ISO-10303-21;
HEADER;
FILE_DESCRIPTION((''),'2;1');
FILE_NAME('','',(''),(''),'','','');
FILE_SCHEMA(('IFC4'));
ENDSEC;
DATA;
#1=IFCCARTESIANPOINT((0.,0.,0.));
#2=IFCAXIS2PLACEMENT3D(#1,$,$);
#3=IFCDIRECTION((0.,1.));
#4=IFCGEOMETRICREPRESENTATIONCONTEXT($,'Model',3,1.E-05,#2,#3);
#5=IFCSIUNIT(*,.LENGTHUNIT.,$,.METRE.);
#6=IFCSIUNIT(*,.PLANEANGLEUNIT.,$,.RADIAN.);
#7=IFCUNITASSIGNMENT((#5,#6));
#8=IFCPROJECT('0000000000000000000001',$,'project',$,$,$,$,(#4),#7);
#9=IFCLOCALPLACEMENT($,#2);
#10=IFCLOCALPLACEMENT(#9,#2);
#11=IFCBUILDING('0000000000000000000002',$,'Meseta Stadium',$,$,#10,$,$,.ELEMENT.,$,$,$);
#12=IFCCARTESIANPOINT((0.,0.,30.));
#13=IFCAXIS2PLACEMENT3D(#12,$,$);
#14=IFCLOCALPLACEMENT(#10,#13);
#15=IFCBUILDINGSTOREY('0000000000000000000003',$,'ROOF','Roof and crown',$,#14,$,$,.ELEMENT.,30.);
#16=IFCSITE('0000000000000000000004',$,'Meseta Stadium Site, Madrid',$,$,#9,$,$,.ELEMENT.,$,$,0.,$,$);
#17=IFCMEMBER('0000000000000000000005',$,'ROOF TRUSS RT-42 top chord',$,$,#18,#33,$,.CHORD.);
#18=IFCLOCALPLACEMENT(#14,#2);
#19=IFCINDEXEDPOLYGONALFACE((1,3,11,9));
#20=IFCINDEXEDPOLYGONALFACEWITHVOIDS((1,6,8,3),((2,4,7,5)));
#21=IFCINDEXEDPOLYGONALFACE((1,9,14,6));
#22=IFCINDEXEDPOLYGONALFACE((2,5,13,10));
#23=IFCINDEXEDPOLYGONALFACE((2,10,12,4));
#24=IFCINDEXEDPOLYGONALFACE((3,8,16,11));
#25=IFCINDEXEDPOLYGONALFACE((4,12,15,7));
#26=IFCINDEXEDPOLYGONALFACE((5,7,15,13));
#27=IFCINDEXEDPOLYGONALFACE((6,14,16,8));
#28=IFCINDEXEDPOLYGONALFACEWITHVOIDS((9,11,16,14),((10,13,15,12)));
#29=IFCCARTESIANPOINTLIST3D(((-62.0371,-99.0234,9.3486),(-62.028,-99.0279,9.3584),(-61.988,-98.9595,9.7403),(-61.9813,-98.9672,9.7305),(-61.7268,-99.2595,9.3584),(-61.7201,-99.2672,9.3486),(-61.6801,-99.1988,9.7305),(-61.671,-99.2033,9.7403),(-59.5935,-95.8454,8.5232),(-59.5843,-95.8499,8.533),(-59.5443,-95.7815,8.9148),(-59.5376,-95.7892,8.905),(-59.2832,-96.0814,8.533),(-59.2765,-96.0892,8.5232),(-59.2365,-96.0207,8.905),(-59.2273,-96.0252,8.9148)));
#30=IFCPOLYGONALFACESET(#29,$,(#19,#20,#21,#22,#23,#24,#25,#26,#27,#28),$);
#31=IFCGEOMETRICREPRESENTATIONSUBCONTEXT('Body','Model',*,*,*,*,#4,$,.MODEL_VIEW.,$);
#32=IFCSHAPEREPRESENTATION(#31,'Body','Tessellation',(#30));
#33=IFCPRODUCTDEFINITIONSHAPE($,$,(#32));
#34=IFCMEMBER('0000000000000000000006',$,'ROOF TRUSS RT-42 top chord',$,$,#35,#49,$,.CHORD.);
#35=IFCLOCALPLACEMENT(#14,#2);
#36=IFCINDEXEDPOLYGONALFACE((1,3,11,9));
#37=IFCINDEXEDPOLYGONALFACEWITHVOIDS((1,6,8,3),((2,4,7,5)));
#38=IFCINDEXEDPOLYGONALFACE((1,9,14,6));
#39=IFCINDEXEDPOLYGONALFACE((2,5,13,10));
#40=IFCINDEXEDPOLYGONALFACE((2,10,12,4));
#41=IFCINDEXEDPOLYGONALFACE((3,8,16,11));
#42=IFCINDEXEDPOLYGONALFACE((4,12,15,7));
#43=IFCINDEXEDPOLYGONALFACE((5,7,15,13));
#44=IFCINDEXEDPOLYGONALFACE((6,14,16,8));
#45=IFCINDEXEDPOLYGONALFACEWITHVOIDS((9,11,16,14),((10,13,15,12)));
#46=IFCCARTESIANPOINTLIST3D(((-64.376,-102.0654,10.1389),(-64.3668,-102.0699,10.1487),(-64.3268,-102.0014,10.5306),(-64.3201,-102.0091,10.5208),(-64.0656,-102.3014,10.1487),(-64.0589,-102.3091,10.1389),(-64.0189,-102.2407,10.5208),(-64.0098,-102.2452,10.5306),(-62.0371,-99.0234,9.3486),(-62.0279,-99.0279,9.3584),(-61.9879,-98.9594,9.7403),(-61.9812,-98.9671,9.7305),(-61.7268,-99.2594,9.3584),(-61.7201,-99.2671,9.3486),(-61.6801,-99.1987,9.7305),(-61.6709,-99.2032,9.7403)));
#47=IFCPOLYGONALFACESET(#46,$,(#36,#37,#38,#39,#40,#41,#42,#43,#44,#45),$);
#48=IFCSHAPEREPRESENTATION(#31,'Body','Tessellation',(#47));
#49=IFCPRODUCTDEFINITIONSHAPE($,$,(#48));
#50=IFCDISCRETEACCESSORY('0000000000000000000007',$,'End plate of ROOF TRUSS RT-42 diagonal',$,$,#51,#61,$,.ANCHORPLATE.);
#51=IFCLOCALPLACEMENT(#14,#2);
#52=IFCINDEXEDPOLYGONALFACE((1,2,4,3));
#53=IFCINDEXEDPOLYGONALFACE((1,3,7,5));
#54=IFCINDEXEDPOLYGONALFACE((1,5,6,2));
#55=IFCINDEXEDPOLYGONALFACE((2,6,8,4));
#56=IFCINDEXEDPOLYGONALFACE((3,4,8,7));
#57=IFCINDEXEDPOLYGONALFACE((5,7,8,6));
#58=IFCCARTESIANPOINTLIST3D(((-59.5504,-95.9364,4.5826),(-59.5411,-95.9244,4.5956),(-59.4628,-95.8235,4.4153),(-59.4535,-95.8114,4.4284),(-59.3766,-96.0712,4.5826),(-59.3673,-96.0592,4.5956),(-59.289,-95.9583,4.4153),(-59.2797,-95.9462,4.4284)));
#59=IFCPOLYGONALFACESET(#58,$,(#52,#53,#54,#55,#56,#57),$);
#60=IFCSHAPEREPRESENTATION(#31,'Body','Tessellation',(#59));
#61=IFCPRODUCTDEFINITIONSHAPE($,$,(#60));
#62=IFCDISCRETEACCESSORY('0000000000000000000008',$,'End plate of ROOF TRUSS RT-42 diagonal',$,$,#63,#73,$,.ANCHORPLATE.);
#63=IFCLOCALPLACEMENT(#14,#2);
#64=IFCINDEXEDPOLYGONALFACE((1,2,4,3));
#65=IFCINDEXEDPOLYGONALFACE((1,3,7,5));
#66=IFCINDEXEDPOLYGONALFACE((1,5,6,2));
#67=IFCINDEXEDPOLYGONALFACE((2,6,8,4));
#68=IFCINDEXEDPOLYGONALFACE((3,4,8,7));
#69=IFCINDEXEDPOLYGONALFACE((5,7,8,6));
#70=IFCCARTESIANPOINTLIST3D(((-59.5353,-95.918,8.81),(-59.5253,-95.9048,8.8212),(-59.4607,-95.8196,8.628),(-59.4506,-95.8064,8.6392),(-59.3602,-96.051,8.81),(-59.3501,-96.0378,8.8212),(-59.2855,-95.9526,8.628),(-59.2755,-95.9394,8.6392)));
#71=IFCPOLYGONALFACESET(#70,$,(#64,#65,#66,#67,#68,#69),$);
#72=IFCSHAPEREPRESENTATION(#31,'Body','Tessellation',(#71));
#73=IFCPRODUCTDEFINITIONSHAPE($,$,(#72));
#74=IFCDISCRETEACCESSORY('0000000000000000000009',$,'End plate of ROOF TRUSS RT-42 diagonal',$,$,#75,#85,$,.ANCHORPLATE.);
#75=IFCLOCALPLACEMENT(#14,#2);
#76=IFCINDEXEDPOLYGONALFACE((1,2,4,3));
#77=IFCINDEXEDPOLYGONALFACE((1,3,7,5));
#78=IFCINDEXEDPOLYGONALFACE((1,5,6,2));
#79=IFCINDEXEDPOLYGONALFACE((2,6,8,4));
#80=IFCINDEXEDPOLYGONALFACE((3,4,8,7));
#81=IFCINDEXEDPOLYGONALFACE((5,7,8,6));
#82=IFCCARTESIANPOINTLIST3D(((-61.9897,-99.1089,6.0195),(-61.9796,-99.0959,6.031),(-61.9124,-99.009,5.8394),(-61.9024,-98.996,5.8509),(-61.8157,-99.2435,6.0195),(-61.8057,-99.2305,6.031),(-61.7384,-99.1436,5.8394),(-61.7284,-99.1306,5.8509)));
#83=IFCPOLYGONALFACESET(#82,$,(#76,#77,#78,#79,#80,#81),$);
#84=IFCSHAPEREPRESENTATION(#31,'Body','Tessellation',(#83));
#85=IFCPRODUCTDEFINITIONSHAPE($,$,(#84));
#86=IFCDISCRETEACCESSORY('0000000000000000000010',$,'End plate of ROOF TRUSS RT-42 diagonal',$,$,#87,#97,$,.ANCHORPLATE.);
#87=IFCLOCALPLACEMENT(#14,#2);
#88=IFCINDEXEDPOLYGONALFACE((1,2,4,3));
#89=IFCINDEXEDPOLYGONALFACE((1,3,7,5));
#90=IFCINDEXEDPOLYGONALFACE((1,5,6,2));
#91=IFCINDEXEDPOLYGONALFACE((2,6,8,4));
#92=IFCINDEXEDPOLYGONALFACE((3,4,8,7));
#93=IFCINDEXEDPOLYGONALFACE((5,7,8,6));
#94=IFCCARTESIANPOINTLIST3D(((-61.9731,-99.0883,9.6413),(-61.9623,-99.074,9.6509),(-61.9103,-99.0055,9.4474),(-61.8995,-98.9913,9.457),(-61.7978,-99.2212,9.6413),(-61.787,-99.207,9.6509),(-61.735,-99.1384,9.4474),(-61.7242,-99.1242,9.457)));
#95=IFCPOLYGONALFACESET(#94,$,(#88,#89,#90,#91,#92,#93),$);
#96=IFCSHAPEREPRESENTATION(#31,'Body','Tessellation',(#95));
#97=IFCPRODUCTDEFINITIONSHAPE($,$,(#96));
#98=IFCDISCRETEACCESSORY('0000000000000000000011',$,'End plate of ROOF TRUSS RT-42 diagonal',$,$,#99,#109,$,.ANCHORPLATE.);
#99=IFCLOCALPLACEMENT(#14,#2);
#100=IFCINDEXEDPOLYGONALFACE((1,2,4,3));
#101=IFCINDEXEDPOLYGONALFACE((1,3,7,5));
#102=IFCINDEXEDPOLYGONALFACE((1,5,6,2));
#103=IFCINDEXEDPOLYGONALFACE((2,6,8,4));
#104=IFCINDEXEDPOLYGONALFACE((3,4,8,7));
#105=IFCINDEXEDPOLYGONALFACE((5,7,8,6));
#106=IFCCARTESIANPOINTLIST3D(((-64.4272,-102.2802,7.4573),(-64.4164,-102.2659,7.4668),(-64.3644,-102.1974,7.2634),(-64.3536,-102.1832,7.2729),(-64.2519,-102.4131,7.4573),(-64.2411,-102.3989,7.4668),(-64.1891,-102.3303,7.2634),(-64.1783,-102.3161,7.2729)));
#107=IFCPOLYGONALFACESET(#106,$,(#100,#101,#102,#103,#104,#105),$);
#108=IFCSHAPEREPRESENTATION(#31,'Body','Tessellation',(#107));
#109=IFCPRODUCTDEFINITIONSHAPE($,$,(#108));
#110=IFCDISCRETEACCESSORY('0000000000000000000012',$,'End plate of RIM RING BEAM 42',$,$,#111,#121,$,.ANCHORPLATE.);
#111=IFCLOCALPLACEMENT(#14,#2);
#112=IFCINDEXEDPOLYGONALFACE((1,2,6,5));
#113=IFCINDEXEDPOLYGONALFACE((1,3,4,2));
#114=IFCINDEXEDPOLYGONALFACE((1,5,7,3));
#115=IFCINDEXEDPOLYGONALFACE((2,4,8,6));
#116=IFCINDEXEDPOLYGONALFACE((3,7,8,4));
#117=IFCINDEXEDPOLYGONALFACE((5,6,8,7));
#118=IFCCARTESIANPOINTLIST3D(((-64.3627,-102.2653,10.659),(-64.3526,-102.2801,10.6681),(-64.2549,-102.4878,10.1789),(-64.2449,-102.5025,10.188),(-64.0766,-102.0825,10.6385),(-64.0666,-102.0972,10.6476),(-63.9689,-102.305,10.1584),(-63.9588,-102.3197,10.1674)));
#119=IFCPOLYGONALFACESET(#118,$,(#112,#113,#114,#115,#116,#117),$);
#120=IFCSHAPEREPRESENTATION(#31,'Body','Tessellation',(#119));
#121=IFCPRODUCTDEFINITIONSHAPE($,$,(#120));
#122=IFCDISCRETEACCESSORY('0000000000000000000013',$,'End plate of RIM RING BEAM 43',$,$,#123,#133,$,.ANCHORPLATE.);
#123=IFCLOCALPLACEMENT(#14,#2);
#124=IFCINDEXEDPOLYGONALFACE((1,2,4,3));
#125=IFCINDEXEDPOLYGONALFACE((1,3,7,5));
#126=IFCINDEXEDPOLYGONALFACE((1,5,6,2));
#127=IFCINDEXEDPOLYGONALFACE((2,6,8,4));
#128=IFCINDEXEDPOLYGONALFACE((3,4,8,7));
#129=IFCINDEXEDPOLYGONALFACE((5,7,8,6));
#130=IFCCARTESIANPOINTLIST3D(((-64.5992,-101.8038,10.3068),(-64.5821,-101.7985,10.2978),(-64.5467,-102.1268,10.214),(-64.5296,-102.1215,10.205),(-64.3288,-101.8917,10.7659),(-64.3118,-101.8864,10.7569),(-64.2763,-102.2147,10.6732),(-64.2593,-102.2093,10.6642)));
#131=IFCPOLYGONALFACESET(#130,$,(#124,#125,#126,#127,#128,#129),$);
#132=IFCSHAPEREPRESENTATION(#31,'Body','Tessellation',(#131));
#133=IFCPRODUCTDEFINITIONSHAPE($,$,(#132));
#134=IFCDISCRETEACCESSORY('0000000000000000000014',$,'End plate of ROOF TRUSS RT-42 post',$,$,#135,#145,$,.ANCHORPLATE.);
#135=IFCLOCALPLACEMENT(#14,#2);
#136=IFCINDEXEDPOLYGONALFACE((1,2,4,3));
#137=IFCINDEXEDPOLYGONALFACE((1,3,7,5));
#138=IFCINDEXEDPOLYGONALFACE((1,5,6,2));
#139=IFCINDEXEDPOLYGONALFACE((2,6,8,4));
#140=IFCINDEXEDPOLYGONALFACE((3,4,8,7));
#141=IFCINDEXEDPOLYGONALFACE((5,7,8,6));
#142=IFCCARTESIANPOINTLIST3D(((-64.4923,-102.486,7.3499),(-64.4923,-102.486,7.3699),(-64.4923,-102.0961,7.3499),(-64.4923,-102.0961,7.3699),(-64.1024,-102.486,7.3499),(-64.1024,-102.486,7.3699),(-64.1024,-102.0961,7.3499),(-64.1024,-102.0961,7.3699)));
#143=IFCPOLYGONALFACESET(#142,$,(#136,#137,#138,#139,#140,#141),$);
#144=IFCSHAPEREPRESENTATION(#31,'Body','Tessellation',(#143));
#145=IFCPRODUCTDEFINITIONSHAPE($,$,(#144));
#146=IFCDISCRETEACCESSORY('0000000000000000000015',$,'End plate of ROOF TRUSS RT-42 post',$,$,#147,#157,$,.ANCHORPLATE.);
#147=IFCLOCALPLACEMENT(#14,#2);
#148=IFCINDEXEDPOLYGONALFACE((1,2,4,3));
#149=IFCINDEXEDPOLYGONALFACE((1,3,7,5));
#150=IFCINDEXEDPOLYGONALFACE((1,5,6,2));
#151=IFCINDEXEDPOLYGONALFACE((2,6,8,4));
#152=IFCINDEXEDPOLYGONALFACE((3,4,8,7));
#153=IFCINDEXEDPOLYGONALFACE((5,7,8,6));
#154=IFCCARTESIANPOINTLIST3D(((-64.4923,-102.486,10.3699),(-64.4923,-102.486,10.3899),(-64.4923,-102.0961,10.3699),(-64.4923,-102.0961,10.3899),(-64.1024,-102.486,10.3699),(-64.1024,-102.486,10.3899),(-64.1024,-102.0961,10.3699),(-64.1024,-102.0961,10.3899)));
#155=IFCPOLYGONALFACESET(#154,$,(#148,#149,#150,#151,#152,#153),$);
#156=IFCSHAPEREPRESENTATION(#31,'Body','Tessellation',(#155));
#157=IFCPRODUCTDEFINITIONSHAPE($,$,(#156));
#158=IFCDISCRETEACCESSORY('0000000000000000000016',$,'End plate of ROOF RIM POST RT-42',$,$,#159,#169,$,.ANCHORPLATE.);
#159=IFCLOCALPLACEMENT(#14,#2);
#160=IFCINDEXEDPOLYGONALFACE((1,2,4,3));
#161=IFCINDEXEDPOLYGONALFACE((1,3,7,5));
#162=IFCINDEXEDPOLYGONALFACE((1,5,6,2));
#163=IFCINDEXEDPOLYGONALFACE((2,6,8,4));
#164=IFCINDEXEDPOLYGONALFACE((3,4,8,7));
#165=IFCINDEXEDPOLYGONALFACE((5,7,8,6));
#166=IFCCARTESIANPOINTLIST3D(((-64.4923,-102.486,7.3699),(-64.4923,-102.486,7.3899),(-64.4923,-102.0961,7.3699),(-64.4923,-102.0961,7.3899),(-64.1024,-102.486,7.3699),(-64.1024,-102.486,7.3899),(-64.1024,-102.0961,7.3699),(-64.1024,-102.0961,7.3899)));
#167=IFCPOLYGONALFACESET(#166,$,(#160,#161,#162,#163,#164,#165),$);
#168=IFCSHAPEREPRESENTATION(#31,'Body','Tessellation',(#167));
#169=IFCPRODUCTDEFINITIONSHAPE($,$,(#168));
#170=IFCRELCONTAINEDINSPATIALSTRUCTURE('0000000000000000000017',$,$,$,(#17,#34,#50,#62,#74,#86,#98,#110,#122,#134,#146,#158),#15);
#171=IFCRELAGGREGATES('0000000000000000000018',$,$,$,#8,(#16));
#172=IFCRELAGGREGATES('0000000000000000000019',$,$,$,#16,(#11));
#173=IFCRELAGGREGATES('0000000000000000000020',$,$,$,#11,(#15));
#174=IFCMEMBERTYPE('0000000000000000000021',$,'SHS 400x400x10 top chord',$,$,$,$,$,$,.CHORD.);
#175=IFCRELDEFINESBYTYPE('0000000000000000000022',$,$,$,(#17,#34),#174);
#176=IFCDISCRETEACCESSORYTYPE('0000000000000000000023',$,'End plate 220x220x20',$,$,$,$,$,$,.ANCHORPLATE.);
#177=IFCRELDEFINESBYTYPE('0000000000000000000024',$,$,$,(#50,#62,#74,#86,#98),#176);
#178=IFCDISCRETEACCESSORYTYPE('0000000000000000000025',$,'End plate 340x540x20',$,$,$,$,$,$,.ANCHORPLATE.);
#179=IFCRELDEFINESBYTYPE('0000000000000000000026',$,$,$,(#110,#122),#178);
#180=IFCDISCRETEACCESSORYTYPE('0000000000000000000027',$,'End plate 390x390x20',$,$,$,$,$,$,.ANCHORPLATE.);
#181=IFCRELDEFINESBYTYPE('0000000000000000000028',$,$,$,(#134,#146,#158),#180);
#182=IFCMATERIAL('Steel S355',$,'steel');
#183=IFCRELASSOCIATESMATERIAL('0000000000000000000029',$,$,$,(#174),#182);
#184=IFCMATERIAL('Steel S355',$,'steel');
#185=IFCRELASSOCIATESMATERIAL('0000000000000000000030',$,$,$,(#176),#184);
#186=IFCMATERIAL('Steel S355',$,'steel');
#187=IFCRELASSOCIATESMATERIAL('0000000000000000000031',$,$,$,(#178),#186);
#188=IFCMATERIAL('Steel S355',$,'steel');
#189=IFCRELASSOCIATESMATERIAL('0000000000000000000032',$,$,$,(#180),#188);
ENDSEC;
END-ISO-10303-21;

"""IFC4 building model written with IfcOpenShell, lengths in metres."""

from ifc_helpers import new_model, si_unit, direction, frame, origin, origin_2d, place, context, subcontext, project, spatial, rectangle, hollow_rectangle, extrude, material, material_profile, profile_set, type_object, element, save


model = new_model("IFC4")

# Units and contexts
model_context = context("Model", 3, precision=1e-05, world=origin(), true_north=direction((0.0, 1.0)))
body_context = subcontext(model_context, "Body", "Model", "MODEL_VIEW")
ifc_project = project(units=[si_unit("LENGTHUNIT", "METRE"), si_unit("PLANEANGLEUNIT", "RADIAN")], contexts=[model_context])

# Site, building, storey
site_placement = place(None, origin())
site = spatial("IfcSite", under=ifc_project, at=site_placement, Name="Meseta Stadium Site, Madrid", CompositionType="ELEMENT", RefElevation=0.0)
building_placement = place(site_placement, origin())
building = spatial("IfcBuilding", under=site, at=building_placement, Name="Meseta Stadium", CompositionType="ELEMENT")
storey_placement = place(building_placement, frame((0.0, 0.0, 30.0)))
storey = spatial("IfcBuildingStorey", under=building, at=storey_placement, Name="ROOF", Description="Roof and crown", CompositionType="ELEMENT", Elevation=30.0)

# Members
ifc_material_1 = material(Name="Steel S355", Category="steel")
ifc_material_profile_1 = material_profile(ifc_material_1, hollow_rectangle(XDim=0.3999, YDim=0.3999, WallThickness=0.01, at=origin_2d()), Name="SHS 400x400x10")
ifc_profile_set_1 = profile_set([ifc_material_profile_1], Name="Steel S355")
member_type_1 = type_object("IfcMemberType", Name="SHS 400x400x10 top chord", PredefinedType="CHORD", material=ifc_profile_set_1)
for number, where, z_axis, x_axis, name in (
    (1, (-59.4104, -95.9353, 8.719), (-0.59703, -0.776455, 0.201674), (0.792744, -0.609555, 0.0), "ROOF TRUSS RT-42 top chord"),
):
    element("IfcMember", number, at=place(storey_placement, frame(where, z_axis=z_axis, x_axis=x_axis)), inside=storey, type_object=member_type_1, Name=name, PredefinedType="CHORD", context=body_context, shape_type="SweptSolid", body=[
        extrude(hollow_rectangle(XDim=0.3999, YDim=0.3999, WallThickness=0.01, at=origin_2d()), origin(), (0.0, 0.0, 1.0), 4.093),
    ])
member_1_placement = place(storey_placement, frame((-61.854, -99.1133, 9.5444), z_axis=(-0.596996, -0.776469, 0.20172), x_axis=(0.792766, -0.609526, 0.0)))
element("IfcMember", 2, at=member_1_placement, inside=storey, type_object=member_type_1, Name="ROOF TRUSS RT-42 top chord", PredefinedType="CHORD", context=body_context, shape_type="SweptSolid", body=[
    extrude(hollow_rectangle(XDim=0.3999, YDim=0.3999, WallThickness=0.01, at=origin_2d()), origin(), (0.0, 0.0, 1.0), 3.9177),
])

# Discrete accessories
ifc_material_2 = material(Name="Steel S355", Category="steel")
ifc_material_profile_2 = material_profile(ifc_material_2, rectangle(XDim=0.22, YDim=0.22, at=origin_2d()), Name="PL 220x220")
ifc_profile_set_2 = profile_set([ifc_material_profile_2], Name="Steel S355")
discrete_accessory_type_1 = type_object("IfcDiscreteAccessoryType", Name="End plate 220x220x20", PredefinedType="ANCHORPLATE", material=ifc_profile_set_2)
for number, where, z_axis, x_axis, name in (
    (3, (-59.4104, -95.9353, 4.512), (-0.465846, -0.600696, -0.649732), (0.79022, -0.612824, 0.0), "End plate of ROOF TRUSS RT-42 diagonal"),
    (4, (-59.4004, -95.9221, 8.7302), (-0.500409, -0.659076, -0.561435), (0.796446, -0.604709, 0.0), "End plate of ROOF TRUSS RT-42 diagonal"),
    (5, (-61.854, -99.1133, 5.9409), (-0.500932, -0.647546, -0.574239), (0.790957, -0.611872, 0.0), "End plate of ROOF TRUSS RT-42 diagonal"),
):
    element("IfcDiscreteAccessory", number, at=place(storey_placement, frame(where, z_axis=z_axis, x_axis=x_axis)), inside=storey, type_object=discrete_accessory_type_1, Name=name, PredefinedType="ANCHORPLATE", context=body_context, shape_type="SweptSolid", body=[
        extrude(rectangle(XDim=0.22, YDim=0.22, at=origin_2d()), origin(), (0.0, 0.0, 1.0), 0.02),
    ])
for number, where, z_axis, x_axis, name in (
    (6, (-61.8433, -99.0991, 9.554), (-0.532756, -0.70227, -0.472216), (0.796691, -0.604386, 0.0), "End plate of ROOF TRUSS RT-42 diagonal"),
    (7, (-64.2974, -102.291, 7.3699), (-0.532756, -0.70227, -0.472216), (0.796691, -0.604386, 0.0), "End plate of ROOF TRUSS RT-42 diagonal"),
):
    element("IfcDiscreteAccessory", number, at=place(storey_placement, frame(where, z_axis=z_axis, x_axis=x_axis)), inside=storey, type_object=discrete_accessory_type_1, Name=name, PredefinedType="ANCHORPLATE", context=body_context, shape_type="SweptSolid", body=[
        extrude(rectangle(XDim=0.22, YDim=0.22, at=origin_2d()), origin(), (0.0, 0.0, 1.0), 0.0203),
    ])
ifc_material_3 = material(Name="Steel S355", Category="steel")
ifc_material_profile_3 = material_profile(ifc_material_3, rectangle(XDim=0.3401, YDim=0.54, at=origin_2d()), Name="PL 340x540")
ifc_profile_set_3 = profile_set([ifc_material_profile_3], Name="Steel S355")
discrete_accessory_type_2 = type_object("IfcDiscreteAccessoryType", Name="End plate 340x540x20", PredefinedType="ANCHORPLATE", material=ifc_profile_set_3)
for number, where, z_axis, x_axis, name in (
    (8, (-64.1658, -102.2852, 10.4087), (0.502774, -0.735767, 0.453723), (0.841077, 0.537542, -0.060315), "End plate of RIM RING BEAM 42"),
    (9, (-64.4377, -102.0093, 10.49), (0.851824, 0.267716, -0.45025), (-0.154351, 0.949653, 0.272644), "End plate of RIM RING BEAM 43"),
):
    element("IfcDiscreteAccessory", number, at=place(storey_placement, frame(where, z_axis=z_axis, x_axis=x_axis)), inside=storey, type_object=discrete_accessory_type_2, Name=name, PredefinedType="ANCHORPLATE", context=body_context, shape_type="SweptSolid", body=[
        extrude(rectangle(XDim=0.3401, YDim=0.54, at=origin_2d()), origin(), (0.0, 0.0, 1.0), 0.02),
    ])
ifc_material_4 = material(Name="Steel S355", Category="steel")
ifc_material_profile_4 = material_profile(ifc_material_4, rectangle(XDim=0.3899, YDim=0.3899, at=origin_2d()), Name="PL 390x390")
ifc_profile_set_4 = profile_set([ifc_material_profile_4], Name="Steel S355")
discrete_accessory_type_3 = type_object("IfcDiscreteAccessoryType", Name="End plate 390x390x20", PredefinedType="ANCHORPLATE", material=ifc_profile_set_4)
for number, where, z_axis, x_axis, name in (
    (10, (-64.2974, -102.291, 7.3499), (0.0, 0.0, 1.0), (1.0, 0.0, 0.0), "End plate of ROOF TRUSS RT-42 post"),
    (11, (-64.2974, -102.291, 10.3699), (0.0, 0.0, 1.0), (1.0, 0.0, 0.0), "End plate of ROOF TRUSS RT-42 post"),
    (12, (-64.2974, -102.291, 7.3699), (0.0, 0.0, 1.0), (1.0, 0.0, 0.0), "End plate of ROOF RIM POST RT-42"),
):
    element("IfcDiscreteAccessory", number, at=place(storey_placement, frame(where, z_axis=z_axis, x_axis=x_axis)), inside=storey, type_object=discrete_accessory_type_3, Name=name, PredefinedType="ANCHORPLATE", context=body_context, shape_type="SweptSolid", body=[
        extrude(rectangle(XDim=0.3899, YDim=0.3899, at=origin_2d()), origin(), (0.0, 0.0, 1.0), 0.02),
    ])

save(model, "model.ifc")
